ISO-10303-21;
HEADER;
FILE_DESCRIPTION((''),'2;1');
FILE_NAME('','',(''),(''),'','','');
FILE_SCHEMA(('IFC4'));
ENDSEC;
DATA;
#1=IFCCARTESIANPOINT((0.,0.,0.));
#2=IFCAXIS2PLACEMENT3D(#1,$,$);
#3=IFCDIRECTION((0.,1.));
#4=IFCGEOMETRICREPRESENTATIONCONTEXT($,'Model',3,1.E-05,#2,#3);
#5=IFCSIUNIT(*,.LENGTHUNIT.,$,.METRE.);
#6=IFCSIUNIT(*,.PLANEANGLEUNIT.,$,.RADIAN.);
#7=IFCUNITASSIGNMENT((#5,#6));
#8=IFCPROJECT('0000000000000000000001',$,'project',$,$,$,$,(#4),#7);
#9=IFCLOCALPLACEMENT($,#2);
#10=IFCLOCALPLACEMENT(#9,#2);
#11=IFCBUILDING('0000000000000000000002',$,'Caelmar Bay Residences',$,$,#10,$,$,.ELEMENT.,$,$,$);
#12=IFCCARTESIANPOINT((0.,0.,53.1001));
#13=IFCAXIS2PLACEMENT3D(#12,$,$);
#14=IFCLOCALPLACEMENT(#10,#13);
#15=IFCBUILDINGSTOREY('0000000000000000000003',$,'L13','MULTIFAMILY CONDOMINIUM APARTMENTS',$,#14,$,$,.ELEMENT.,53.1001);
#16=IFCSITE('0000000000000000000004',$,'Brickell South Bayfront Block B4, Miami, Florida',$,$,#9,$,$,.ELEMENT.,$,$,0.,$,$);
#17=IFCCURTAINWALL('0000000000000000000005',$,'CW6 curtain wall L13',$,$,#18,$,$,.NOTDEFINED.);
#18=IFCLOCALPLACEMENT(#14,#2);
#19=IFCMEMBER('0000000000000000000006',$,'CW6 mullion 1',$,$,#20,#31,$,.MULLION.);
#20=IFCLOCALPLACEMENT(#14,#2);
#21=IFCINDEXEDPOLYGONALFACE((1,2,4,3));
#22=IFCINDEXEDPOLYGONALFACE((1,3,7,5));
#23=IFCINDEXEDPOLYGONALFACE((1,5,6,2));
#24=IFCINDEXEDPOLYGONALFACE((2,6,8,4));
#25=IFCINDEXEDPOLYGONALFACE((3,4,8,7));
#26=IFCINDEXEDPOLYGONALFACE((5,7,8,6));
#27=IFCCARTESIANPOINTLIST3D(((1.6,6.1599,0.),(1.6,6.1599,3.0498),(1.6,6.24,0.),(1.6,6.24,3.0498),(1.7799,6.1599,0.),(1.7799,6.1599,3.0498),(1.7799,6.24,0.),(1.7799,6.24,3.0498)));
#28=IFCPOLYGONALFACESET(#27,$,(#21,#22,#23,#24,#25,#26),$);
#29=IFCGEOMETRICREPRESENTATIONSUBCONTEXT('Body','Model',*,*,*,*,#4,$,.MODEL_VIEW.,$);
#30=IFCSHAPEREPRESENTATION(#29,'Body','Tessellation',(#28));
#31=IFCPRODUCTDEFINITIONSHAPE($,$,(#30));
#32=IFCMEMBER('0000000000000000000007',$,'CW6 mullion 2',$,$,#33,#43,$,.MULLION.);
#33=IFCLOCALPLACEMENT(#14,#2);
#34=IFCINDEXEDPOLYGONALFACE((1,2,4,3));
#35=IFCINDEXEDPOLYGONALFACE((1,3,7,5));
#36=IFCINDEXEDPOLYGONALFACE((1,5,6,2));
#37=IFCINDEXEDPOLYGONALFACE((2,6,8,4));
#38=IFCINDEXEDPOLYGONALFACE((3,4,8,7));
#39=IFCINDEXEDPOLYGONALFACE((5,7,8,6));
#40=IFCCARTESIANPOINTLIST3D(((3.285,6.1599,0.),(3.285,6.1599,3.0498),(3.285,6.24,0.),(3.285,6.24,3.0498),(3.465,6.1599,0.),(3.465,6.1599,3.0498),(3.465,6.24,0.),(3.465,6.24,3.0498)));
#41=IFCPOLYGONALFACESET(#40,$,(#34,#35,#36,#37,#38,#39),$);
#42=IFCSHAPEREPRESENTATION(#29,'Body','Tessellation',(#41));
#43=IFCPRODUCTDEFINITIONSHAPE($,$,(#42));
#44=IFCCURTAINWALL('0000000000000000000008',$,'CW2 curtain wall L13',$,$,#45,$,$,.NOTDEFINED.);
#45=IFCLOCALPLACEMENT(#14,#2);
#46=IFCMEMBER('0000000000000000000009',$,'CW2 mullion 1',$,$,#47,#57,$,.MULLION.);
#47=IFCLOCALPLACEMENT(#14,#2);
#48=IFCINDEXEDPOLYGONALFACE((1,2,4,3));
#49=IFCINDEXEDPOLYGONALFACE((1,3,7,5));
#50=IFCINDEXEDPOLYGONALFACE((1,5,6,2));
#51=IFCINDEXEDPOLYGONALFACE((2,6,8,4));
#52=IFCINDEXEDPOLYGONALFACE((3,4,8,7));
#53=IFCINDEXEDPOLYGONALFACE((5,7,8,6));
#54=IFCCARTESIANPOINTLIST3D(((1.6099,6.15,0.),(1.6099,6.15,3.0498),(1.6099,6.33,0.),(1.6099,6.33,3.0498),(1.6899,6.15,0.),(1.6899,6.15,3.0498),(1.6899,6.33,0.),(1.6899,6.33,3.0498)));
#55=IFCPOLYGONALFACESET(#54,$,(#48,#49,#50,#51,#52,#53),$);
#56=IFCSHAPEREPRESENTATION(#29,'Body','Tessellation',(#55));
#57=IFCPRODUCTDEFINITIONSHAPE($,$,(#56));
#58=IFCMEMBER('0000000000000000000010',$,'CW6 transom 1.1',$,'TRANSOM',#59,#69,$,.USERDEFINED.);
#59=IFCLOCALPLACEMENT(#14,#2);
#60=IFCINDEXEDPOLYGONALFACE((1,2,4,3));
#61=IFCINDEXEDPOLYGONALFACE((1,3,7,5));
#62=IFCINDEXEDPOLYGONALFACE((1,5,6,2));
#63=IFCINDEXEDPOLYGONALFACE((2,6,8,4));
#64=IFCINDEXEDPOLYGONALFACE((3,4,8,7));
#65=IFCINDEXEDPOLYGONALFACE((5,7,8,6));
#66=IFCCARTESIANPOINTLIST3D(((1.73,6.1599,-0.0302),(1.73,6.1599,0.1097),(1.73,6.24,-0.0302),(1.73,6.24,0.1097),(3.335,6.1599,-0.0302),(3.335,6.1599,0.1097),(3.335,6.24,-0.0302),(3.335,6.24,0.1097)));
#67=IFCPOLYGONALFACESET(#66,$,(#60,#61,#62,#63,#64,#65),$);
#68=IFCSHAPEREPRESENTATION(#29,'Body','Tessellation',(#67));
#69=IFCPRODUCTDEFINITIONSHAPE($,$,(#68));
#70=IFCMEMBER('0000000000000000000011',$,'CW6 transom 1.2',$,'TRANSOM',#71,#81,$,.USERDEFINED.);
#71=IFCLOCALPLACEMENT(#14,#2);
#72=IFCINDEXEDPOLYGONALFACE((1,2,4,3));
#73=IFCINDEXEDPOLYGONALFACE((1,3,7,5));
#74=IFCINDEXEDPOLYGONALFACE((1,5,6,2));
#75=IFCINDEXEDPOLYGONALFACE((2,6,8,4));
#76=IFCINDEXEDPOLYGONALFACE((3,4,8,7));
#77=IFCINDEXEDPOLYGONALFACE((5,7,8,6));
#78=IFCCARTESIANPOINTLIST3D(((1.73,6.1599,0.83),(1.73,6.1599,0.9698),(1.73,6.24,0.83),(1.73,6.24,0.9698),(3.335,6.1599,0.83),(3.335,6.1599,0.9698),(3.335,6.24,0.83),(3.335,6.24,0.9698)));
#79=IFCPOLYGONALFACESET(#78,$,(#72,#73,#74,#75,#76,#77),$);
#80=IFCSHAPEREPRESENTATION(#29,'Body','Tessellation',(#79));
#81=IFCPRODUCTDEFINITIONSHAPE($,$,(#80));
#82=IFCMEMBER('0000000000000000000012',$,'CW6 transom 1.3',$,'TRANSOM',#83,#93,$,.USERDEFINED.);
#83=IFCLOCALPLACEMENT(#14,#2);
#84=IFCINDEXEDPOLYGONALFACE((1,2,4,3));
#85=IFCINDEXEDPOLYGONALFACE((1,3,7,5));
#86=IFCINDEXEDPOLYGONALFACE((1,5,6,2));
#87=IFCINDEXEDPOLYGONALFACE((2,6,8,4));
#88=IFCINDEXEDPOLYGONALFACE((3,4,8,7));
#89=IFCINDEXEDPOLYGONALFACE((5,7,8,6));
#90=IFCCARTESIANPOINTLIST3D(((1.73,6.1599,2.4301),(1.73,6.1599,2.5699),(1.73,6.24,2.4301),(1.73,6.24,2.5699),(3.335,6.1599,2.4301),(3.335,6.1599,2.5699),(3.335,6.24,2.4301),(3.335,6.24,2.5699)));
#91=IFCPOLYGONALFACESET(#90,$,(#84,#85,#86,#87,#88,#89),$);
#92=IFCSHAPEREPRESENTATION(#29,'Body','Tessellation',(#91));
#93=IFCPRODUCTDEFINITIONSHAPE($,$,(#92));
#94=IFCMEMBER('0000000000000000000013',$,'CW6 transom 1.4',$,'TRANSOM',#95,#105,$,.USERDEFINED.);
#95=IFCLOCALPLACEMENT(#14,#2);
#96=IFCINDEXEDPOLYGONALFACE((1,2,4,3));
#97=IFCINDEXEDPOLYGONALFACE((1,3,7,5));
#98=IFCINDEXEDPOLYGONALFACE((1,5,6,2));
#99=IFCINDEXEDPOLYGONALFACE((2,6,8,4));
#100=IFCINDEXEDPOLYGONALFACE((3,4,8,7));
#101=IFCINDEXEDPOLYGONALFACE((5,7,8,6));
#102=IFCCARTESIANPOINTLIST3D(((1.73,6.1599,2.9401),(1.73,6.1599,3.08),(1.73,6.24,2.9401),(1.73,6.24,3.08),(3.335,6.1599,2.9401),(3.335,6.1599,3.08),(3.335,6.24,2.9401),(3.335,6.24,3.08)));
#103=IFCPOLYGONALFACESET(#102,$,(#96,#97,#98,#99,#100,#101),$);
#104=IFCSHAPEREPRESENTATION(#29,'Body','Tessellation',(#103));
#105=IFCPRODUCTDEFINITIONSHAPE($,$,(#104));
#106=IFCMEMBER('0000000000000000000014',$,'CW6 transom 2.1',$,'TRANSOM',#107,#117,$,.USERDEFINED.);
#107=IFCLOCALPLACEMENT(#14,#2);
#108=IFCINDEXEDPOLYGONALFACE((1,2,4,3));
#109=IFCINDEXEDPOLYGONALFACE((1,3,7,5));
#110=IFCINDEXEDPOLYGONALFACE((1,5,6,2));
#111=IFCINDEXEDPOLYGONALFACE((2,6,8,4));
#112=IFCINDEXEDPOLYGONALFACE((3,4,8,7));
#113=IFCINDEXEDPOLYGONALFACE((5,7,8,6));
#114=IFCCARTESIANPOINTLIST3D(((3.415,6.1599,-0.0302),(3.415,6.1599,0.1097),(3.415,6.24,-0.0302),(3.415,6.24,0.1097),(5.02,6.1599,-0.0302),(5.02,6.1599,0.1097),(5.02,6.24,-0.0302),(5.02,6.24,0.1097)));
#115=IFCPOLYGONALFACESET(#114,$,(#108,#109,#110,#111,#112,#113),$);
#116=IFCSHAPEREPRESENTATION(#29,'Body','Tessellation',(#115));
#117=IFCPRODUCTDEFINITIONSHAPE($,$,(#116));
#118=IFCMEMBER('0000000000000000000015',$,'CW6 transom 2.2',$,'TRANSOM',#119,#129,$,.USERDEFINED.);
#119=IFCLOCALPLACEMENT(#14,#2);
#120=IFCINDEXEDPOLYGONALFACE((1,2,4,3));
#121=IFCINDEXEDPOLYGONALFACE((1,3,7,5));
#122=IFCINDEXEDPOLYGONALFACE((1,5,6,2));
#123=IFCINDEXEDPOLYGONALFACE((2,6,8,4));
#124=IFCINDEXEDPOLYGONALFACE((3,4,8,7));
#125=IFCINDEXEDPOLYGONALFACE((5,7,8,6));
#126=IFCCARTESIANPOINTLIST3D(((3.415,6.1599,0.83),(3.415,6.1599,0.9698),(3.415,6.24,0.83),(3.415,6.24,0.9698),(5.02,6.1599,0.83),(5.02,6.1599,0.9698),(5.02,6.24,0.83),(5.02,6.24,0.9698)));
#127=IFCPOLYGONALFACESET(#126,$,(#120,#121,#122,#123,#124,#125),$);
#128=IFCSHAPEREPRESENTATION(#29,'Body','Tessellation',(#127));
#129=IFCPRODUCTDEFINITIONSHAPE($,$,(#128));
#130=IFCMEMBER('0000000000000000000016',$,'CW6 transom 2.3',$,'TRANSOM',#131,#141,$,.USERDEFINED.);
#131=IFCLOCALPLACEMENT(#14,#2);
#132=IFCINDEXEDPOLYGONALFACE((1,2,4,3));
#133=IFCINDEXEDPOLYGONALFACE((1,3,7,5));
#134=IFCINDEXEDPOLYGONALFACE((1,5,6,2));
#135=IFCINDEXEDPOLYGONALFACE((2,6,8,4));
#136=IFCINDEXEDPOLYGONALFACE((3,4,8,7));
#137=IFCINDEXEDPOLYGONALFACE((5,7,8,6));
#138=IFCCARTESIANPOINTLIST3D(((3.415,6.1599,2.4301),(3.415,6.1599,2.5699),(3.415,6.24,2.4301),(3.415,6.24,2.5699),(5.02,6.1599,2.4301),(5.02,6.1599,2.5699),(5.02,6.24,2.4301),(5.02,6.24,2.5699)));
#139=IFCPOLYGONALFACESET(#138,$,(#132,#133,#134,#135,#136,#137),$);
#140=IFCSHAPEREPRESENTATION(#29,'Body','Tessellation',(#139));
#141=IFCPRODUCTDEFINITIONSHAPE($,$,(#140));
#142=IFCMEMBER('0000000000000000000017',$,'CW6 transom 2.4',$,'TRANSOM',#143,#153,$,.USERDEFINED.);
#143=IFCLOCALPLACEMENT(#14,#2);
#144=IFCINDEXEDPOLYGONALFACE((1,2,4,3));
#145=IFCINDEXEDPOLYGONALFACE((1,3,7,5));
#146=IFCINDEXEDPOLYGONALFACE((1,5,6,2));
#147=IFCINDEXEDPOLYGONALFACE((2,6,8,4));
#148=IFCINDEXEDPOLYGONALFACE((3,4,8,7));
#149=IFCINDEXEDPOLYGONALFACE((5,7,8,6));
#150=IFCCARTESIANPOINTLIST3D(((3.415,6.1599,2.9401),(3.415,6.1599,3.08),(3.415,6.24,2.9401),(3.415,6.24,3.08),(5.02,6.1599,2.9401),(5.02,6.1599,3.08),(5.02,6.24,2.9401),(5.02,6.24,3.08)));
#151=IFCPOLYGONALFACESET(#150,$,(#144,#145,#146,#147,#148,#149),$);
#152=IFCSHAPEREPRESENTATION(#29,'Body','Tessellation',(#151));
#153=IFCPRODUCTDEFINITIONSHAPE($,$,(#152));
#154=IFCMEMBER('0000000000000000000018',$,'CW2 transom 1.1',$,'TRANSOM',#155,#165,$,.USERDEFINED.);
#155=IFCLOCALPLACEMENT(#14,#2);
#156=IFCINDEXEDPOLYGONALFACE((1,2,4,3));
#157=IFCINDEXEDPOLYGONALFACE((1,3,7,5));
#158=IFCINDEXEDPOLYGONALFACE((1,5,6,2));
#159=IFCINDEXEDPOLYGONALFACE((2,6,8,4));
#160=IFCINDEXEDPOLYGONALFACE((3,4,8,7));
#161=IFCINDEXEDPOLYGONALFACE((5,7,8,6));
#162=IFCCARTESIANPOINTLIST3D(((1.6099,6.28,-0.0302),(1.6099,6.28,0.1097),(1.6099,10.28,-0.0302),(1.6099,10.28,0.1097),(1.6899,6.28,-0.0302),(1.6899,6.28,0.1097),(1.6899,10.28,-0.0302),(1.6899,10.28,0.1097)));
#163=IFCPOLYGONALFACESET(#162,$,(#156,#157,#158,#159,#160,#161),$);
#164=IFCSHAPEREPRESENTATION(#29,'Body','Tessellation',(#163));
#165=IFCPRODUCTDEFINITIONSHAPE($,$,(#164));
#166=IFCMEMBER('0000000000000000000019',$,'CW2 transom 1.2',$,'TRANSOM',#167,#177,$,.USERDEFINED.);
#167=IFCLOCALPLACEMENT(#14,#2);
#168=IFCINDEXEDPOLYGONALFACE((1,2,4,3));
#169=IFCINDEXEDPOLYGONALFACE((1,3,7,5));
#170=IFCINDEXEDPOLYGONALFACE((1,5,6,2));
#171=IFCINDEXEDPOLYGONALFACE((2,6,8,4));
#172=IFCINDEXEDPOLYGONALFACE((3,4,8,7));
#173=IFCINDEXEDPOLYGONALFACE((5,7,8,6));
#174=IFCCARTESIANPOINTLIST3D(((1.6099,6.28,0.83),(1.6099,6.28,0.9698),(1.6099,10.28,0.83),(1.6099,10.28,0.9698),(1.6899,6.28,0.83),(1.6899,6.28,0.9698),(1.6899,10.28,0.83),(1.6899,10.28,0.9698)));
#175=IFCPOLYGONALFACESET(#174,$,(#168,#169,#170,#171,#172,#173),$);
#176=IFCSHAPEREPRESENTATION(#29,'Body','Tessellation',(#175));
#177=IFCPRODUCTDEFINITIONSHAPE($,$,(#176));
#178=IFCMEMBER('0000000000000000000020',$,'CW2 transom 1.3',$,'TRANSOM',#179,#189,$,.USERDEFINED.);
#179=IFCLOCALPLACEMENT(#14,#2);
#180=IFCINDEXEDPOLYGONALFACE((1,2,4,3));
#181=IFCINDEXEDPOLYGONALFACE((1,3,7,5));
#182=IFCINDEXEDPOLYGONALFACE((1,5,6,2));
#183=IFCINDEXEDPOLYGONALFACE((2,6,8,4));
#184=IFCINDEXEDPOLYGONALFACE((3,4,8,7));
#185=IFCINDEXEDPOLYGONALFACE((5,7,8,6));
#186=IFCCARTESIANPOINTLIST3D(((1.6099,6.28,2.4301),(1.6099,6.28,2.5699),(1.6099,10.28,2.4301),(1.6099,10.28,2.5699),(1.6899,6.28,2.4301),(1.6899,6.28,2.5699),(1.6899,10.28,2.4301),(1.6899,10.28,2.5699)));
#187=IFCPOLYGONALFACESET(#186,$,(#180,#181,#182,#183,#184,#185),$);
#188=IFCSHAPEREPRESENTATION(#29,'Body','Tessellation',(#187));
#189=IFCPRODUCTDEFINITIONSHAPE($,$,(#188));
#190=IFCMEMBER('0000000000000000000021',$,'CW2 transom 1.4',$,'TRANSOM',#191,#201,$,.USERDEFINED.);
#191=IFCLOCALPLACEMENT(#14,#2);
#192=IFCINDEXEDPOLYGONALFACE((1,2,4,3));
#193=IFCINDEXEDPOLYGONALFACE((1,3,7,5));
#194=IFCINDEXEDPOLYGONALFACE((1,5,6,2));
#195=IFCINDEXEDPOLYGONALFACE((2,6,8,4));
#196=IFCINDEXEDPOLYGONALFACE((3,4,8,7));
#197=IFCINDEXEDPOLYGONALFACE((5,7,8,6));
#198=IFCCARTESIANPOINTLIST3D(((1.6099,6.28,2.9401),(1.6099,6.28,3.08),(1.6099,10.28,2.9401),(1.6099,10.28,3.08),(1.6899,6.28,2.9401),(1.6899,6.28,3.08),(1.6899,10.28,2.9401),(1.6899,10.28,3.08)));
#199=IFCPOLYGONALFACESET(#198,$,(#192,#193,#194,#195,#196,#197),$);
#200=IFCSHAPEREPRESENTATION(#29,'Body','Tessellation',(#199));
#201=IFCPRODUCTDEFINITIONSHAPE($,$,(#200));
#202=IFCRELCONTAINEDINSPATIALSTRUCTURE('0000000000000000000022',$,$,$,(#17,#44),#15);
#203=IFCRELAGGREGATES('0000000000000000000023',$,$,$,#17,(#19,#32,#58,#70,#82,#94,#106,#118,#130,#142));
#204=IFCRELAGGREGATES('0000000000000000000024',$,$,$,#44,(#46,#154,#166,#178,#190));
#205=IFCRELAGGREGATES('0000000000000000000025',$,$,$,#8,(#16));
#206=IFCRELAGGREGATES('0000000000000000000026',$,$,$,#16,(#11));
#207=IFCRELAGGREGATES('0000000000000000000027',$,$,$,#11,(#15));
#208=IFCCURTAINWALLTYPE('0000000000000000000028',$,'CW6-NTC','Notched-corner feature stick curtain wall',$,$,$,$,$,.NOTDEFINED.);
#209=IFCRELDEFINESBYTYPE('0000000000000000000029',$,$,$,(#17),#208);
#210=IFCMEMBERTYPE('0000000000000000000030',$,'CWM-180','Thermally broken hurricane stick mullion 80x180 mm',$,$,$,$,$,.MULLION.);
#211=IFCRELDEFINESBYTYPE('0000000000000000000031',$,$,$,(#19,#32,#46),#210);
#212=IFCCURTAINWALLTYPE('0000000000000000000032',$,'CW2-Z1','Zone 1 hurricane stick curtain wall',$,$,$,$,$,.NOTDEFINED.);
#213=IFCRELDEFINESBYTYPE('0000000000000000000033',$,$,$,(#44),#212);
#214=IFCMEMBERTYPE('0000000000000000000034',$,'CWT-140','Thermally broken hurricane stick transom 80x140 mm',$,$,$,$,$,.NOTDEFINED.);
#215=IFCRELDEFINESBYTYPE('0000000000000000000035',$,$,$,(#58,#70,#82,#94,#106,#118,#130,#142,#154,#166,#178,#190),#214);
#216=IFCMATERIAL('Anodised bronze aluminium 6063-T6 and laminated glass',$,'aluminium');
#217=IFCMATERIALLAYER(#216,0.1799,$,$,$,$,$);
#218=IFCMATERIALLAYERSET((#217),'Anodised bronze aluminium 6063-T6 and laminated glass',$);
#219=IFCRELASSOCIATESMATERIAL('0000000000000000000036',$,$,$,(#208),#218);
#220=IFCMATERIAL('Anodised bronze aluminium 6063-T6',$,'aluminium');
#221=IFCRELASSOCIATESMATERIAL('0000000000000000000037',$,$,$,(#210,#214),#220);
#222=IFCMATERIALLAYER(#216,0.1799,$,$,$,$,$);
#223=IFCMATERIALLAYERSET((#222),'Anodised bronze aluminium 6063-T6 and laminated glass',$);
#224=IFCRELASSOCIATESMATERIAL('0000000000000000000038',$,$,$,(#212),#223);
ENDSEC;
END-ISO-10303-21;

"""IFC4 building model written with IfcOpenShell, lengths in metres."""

from ifc_helpers import new_model, si_unit, direction, frame, origin, origin_2d, place, context, subcontext, project, spatial, rectangle, extrude, material, layer, layer_set, material_profile, profile_set, type_object, element, aggregate, save


model = new_model("IFC4")

# Units and contexts
model_context = context("Model", 3, precision=1e-05, world=origin(), true_north=direction((0.0, 1.0)))
body_context = subcontext(model_context, "Body", "Model", "MODEL_VIEW")
ifc_project = project(units=[si_unit("LENGTHUNIT", "METRE"), si_unit("PLANEANGLEUNIT", "RADIAN")], contexts=[model_context])

# Site, building, storey
site_placement = place(None, origin())
site = spatial("IfcSite", under=ifc_project, at=site_placement, Name="Brickell South Bayfront Block B4, Miami, Florida", CompositionType="ELEMENT", RefElevation=0.0)
building_placement = place(site_placement, origin())
building = spatial("IfcBuilding", under=site, at=building_placement, Name="Caelmar Bay Residences", CompositionType="ELEMENT")
storey_placement = place(building_placement, frame((0.0, 0.0, 53.1001)))
storey = spatial("IfcBuildingStorey", under=building, at=storey_placement, Name="L13", Description="MULTIFAMILY CONDOMINIUM APARTMENTS", CompositionType="ELEMENT", Elevation=53.1001)

# Curtain wall, members
ifc_material_1 = material(Name="Anodised bronze aluminium 6063-T6 and laminated glass", Category="aluminium")
ifc_layer_1 = layer(ifc_material_1, 0.1799)
ifc_layer_set_1 = layer_set([ifc_layer_1], Name="Anodised bronze aluminium 6063-T6 and laminated glass")
curtain_wall_type_1 = type_object("IfcCurtainWallType", Name="CW6-NTC", Description="Notched-corner feature stick curtain wall", PredefinedType="NOTDEFINED", material=ifc_layer_set_1)
curtain_wall_1_placement = place(storey_placement, origin())
curtain_wall_1 = element("IfcCurtainWall", 1, at=curtain_wall_1_placement, inside=storey, type_object=curtain_wall_type_1, Name="CW6 curtain wall L13", PredefinedType="NOTDEFINED")
ifc_material_2 = material(Name="Anodised bronze aluminium 6063-T6", Category="aluminium")
ifc_material_profile_1 = material_profile(ifc_material_2, rectangle(XDim=0.0801, YDim=0.1799, at=origin_2d()), Name="CWM-80X180")
ifc_profile_set_1 = profile_set([ifc_material_profile_1], Name="Anodised bronze aluminium 6063-T6")
member_type_1 = type_object("IfcMemberType", Name="CWM-180", Description="Thermally broken hurricane stick mullion 80x180 mm", PredefinedType="MULLION", material=ifc_profile_set_1)
member_1_placement = place(storey_placement, frame((1.6899, 6.2, 0.0), z_axis=(0.0, 0.0, 1.0), x_axis=(0.0, 1.0, 0.0)))
member_1 = element("IfcMember", 2, at=member_1_placement, type_object=member_type_1, Name="CW6 mullion 1", PredefinedType="MULLION", context=body_context, shape_type="SweptSolid", body=[
    extrude(rectangle(XDim=0.0801, YDim=0.1799, at=origin_2d()), origin(), (0.0, 0.0, 1.0), 3.0498),
])
member_2_placement = place(storey_placement, frame((3.375, 6.2, 0.0), z_axis=(0.0, 0.0, 1.0), x_axis=(0.0, 1.0, 0.0)))
member_2 = element("IfcMember", 3, at=member_2_placement, type_object=member_type_1, Name="CW6 mullion 2", PredefinedType="MULLION", context=body_context, shape_type="SweptSolid", body=[
    extrude(rectangle(XDim=0.0801, YDim=0.1799, at=origin_2d()), origin(), (0.0, 0.0, 1.0), 3.0498),
])

# Curtain wall, member
ifc_layer_2 = layer(ifc_material_1, 0.1799)
ifc_layer_set_2 = layer_set([ifc_layer_2], Name="Anodised bronze aluminium 6063-T6 and laminated glass")
curtain_wall_type_2 = type_object("IfcCurtainWallType", Name="CW2-Z1", Description="Zone 1 hurricane stick curtain wall", PredefinedType="NOTDEFINED", material=ifc_layer_set_2)
curtain_wall_2_placement = place(storey_placement, origin())
curtain_wall_2 = element("IfcCurtainWall", 4, at=curtain_wall_2_placement, inside=storey, type_object=curtain_wall_type_2, Name="CW2 curtain wall L13", PredefinedType="NOTDEFINED")
member_3_placement = place(storey_placement, frame((1.6499, 6.24, 0.0), z_axis=(0.0, 0.0, 1.0), x_axis=(-1.0, 0.0, 0.0)))
member_3 = element("IfcMember", 5, at=member_3_placement, type_object=member_type_1, Name="CW2 mullion 1", PredefinedType="MULLION", context=body_context, shape_type="SweptSolid", body=[
    extrude(rectangle(XDim=0.0801, YDim=0.1799, at=origin_2d()), origin(), (0.0, 0.0, 1.0), 3.0498),
])

# Members
ifc_material_profile_2 = material_profile(ifc_material_2, rectangle(XDim=0.0801, YDim=0.1399, at=origin_2d()), Name="CWT-80X140")
ifc_profile_set_2 = profile_set([ifc_material_profile_2], Name="Anodised bronze aluminium 6063-T6")
member_type_2 = type_object("IfcMemberType", Name="CWT-140", Description="Thermally broken hurricane stick transom 80x140 mm", PredefinedType="NOTDEFINED", material=ifc_profile_set_2)
member_4_placement = place(storey_placement, frame((1.73, 6.2, 0.0398), z_axis=(1.0, 0.0, 0.0), x_axis=(0.0, 1.0, 0.0)))
member_4 = element("IfcMember", 6, at=member_4_placement, type_object=member_type_2, Name="CW6 transom 1.1", ObjectType="TRANSOM", PredefinedType="USERDEFINED", context=body_context, shape_type="SweptSolid", body=[
    extrude(rectangle(XDim=0.0801, YDim=0.1399, at=origin_2d()), origin(), (0.0, 0.0, 1.0), 1.605),
])
member_5_placement = place(storey_placement, frame((1.73, 6.2, 0.8999), z_axis=(1.0, 0.0, 0.0), x_axis=(0.0, 1.0, 0.0)))
member_5 = element("IfcMember", 7, at=member_5_placement, type_object=member_type_2, Name="CW6 transom 1.2", ObjectType="TRANSOM", PredefinedType="USERDEFINED", context=body_context, shape_type="SweptSolid", body=[
    extrude(rectangle(XDim=0.0801, YDim=0.1399, at=origin_2d()), origin(), (0.0, 0.0, 1.0), 1.605),
])
member_6_placement = place(storey_placement, frame((1.73, 6.2, 2.5), z_axis=(1.0, 0.0, 0.0), x_axis=(0.0, 1.0, 0.0)))
member_6 = element("IfcMember", 8, at=member_6_placement, type_object=member_type_2, Name="CW6 transom 1.3", ObjectType="TRANSOM", PredefinedType="USERDEFINED", context=body_context, shape_type="SweptSolid", body=[
    extrude(rectangle(XDim=0.0801, YDim=0.1399, at=origin_2d()), origin(), (0.0, 0.0, 1.0), 1.605),
])
member_7_placement = place(storey_placement, frame((1.73, 6.2, 3.01), z_axis=(1.0, 0.0, 0.0), x_axis=(0.0, 1.0, 0.0)))
member_7 = element("IfcMember", 9, at=member_7_placement, type_object=member_type_2, Name="CW6 transom 1.4", ObjectType="TRANSOM", PredefinedType="USERDEFINED", context=body_context, shape_type="SweptSolid", body=[
    extrude(rectangle(XDim=0.0801, YDim=0.1399, at=origin_2d()), origin(), (0.0, 0.0, 1.0), 1.605),
])
member_8_placement = place(storey_placement, frame((3.415, 6.2, 0.0398), z_axis=(1.0, 0.0, 0.0), x_axis=(0.0, 1.0, 0.0)))
member_8 = element("IfcMember", 10, at=member_8_placement, type_object=member_type_2, Name="CW6 transom 2.1", ObjectType="TRANSOM", PredefinedType="USERDEFINED", context=body_context, shape_type="SweptSolid", body=[
    extrude(rectangle(XDim=0.0801, YDim=0.1399, at=origin_2d()), origin(), (0.0, 0.0, 1.0), 1.605),
])
member_9_placement = place(storey_placement, frame((3.415, 6.2, 0.8999), z_axis=(1.0, 0.0, 0.0), x_axis=(0.0, 1.0, 0.0)))
member_9 = element("IfcMember", 11, at=member_9_placement, type_object=member_type_2, Name="CW6 transom 2.2", ObjectType="TRANSOM", PredefinedType="USERDEFINED", context=body_context, shape_type="SweptSolid", body=[
    extrude(rectangle(XDim=0.0801, YDim=0.1399, at=origin_2d()), origin(), (0.0, 0.0, 1.0), 1.605),
])
member_10_placement = place(storey_placement, frame((3.415, 6.2, 2.5), z_axis=(1.0, 0.0, 0.0), x_axis=(0.0, 1.0, 0.0)))
member_10 = element("IfcMember", 12, at=member_10_placement, type_object=member_type_2, Name="CW6 transom 2.3", ObjectType="TRANSOM", PredefinedType="USERDEFINED", context=body_context, shape_type="SweptSolid", body=[
    extrude(rectangle(XDim=0.0801, YDim=0.1399, at=origin_2d()), origin(), (0.0, 0.0, 1.0), 1.605),
])
member_11_placement = place(storey_placement, frame((3.415, 6.2, 3.01), z_axis=(1.0, 0.0, 0.0), x_axis=(0.0, 1.0, 0.0)))
member_11 = element("IfcMember", 13, at=member_11_placement, type_object=member_type_2, Name="CW6 transom 2.4", ObjectType="TRANSOM", PredefinedType="USERDEFINED", context=body_context, shape_type="SweptSolid", body=[
    extrude(rectangle(XDim=0.0801, YDim=0.1399, at=origin_2d()), origin(), (0.0, 0.0, 1.0), 1.605),
])
member_12_placement = place(storey_placement, frame((1.6499, 6.28, 0.0398), z_axis=(0.0, 1.0, 0.0), x_axis=(-1.0, 0.0, 0.0)))
member_12 = element("IfcMember", 14, at=member_12_placement, type_object=member_type_2, Name="CW2 transom 1.1", ObjectType="TRANSOM", PredefinedType="USERDEFINED", context=body_context, shape_type="SweptSolid", body=[
    extrude(rectangle(XDim=0.0801, YDim=0.1399, at=origin_2d()), origin(), (0.0, 0.0, 1.0), 4.0),
])
member_13_placement = place(storey_placement, frame((1.6499, 6.28, 0.8999), z_axis=(0.0, 1.0, 0.0), x_axis=(-1.0, 0.0, 0.0)))
member_13 = element("IfcMember", 15, at=member_13_placement, type_object=member_type_2, Name="CW2 transom 1.2", ObjectType="TRANSOM", PredefinedType="USERDEFINED", context=body_context, shape_type="SweptSolid", body=[
    extrude(rectangle(XDim=0.0801, YDim=0.1399, at=origin_2d()), origin(), (0.0, 0.0, 1.0), 4.0),
])
member_14_placement = place(storey_placement, frame((1.6499, 6.28, 2.5), z_axis=(0.0, 1.0, 0.0), x_axis=(-1.0, 0.0, 0.0)))
member_14 = element("IfcMember", 16, at=member_14_placement, type_object=member_type_2, Name="CW2 transom 1.3", ObjectType="TRANSOM", PredefinedType="USERDEFINED", context=body_context, shape_type="SweptSolid", body=[
    extrude(rectangle(XDim=0.0801, YDim=0.1399, at=origin_2d()), origin(), (0.0, 0.0, 1.0), 4.0),
])
member_15_placement = place(storey_placement, frame((1.6499, 6.28, 3.01), z_axis=(0.0, 1.0, 0.0), x_axis=(-1.0, 0.0, 0.0)))
member_15 = element("IfcMember", 17, at=member_15_placement, type_object=member_type_2, Name="CW2 transom 1.4", ObjectType="TRANSOM", PredefinedType="USERDEFINED", context=body_context, shape_type="SweptSolid", body=[
    extrude(rectangle(XDim=0.0801, YDim=0.1399, at=origin_2d()), origin(), (0.0, 0.0, 1.0), 4.0),
])

aggregate(curtain_wall_1, [member_1, member_2, member_4, member_5, member_6, member_7, member_8, member_9, member_10, member_11])
aggregate(curtain_wall_2, [member_3, member_12, member_13, member_14, member_15])

save(model, "model.ifc")
